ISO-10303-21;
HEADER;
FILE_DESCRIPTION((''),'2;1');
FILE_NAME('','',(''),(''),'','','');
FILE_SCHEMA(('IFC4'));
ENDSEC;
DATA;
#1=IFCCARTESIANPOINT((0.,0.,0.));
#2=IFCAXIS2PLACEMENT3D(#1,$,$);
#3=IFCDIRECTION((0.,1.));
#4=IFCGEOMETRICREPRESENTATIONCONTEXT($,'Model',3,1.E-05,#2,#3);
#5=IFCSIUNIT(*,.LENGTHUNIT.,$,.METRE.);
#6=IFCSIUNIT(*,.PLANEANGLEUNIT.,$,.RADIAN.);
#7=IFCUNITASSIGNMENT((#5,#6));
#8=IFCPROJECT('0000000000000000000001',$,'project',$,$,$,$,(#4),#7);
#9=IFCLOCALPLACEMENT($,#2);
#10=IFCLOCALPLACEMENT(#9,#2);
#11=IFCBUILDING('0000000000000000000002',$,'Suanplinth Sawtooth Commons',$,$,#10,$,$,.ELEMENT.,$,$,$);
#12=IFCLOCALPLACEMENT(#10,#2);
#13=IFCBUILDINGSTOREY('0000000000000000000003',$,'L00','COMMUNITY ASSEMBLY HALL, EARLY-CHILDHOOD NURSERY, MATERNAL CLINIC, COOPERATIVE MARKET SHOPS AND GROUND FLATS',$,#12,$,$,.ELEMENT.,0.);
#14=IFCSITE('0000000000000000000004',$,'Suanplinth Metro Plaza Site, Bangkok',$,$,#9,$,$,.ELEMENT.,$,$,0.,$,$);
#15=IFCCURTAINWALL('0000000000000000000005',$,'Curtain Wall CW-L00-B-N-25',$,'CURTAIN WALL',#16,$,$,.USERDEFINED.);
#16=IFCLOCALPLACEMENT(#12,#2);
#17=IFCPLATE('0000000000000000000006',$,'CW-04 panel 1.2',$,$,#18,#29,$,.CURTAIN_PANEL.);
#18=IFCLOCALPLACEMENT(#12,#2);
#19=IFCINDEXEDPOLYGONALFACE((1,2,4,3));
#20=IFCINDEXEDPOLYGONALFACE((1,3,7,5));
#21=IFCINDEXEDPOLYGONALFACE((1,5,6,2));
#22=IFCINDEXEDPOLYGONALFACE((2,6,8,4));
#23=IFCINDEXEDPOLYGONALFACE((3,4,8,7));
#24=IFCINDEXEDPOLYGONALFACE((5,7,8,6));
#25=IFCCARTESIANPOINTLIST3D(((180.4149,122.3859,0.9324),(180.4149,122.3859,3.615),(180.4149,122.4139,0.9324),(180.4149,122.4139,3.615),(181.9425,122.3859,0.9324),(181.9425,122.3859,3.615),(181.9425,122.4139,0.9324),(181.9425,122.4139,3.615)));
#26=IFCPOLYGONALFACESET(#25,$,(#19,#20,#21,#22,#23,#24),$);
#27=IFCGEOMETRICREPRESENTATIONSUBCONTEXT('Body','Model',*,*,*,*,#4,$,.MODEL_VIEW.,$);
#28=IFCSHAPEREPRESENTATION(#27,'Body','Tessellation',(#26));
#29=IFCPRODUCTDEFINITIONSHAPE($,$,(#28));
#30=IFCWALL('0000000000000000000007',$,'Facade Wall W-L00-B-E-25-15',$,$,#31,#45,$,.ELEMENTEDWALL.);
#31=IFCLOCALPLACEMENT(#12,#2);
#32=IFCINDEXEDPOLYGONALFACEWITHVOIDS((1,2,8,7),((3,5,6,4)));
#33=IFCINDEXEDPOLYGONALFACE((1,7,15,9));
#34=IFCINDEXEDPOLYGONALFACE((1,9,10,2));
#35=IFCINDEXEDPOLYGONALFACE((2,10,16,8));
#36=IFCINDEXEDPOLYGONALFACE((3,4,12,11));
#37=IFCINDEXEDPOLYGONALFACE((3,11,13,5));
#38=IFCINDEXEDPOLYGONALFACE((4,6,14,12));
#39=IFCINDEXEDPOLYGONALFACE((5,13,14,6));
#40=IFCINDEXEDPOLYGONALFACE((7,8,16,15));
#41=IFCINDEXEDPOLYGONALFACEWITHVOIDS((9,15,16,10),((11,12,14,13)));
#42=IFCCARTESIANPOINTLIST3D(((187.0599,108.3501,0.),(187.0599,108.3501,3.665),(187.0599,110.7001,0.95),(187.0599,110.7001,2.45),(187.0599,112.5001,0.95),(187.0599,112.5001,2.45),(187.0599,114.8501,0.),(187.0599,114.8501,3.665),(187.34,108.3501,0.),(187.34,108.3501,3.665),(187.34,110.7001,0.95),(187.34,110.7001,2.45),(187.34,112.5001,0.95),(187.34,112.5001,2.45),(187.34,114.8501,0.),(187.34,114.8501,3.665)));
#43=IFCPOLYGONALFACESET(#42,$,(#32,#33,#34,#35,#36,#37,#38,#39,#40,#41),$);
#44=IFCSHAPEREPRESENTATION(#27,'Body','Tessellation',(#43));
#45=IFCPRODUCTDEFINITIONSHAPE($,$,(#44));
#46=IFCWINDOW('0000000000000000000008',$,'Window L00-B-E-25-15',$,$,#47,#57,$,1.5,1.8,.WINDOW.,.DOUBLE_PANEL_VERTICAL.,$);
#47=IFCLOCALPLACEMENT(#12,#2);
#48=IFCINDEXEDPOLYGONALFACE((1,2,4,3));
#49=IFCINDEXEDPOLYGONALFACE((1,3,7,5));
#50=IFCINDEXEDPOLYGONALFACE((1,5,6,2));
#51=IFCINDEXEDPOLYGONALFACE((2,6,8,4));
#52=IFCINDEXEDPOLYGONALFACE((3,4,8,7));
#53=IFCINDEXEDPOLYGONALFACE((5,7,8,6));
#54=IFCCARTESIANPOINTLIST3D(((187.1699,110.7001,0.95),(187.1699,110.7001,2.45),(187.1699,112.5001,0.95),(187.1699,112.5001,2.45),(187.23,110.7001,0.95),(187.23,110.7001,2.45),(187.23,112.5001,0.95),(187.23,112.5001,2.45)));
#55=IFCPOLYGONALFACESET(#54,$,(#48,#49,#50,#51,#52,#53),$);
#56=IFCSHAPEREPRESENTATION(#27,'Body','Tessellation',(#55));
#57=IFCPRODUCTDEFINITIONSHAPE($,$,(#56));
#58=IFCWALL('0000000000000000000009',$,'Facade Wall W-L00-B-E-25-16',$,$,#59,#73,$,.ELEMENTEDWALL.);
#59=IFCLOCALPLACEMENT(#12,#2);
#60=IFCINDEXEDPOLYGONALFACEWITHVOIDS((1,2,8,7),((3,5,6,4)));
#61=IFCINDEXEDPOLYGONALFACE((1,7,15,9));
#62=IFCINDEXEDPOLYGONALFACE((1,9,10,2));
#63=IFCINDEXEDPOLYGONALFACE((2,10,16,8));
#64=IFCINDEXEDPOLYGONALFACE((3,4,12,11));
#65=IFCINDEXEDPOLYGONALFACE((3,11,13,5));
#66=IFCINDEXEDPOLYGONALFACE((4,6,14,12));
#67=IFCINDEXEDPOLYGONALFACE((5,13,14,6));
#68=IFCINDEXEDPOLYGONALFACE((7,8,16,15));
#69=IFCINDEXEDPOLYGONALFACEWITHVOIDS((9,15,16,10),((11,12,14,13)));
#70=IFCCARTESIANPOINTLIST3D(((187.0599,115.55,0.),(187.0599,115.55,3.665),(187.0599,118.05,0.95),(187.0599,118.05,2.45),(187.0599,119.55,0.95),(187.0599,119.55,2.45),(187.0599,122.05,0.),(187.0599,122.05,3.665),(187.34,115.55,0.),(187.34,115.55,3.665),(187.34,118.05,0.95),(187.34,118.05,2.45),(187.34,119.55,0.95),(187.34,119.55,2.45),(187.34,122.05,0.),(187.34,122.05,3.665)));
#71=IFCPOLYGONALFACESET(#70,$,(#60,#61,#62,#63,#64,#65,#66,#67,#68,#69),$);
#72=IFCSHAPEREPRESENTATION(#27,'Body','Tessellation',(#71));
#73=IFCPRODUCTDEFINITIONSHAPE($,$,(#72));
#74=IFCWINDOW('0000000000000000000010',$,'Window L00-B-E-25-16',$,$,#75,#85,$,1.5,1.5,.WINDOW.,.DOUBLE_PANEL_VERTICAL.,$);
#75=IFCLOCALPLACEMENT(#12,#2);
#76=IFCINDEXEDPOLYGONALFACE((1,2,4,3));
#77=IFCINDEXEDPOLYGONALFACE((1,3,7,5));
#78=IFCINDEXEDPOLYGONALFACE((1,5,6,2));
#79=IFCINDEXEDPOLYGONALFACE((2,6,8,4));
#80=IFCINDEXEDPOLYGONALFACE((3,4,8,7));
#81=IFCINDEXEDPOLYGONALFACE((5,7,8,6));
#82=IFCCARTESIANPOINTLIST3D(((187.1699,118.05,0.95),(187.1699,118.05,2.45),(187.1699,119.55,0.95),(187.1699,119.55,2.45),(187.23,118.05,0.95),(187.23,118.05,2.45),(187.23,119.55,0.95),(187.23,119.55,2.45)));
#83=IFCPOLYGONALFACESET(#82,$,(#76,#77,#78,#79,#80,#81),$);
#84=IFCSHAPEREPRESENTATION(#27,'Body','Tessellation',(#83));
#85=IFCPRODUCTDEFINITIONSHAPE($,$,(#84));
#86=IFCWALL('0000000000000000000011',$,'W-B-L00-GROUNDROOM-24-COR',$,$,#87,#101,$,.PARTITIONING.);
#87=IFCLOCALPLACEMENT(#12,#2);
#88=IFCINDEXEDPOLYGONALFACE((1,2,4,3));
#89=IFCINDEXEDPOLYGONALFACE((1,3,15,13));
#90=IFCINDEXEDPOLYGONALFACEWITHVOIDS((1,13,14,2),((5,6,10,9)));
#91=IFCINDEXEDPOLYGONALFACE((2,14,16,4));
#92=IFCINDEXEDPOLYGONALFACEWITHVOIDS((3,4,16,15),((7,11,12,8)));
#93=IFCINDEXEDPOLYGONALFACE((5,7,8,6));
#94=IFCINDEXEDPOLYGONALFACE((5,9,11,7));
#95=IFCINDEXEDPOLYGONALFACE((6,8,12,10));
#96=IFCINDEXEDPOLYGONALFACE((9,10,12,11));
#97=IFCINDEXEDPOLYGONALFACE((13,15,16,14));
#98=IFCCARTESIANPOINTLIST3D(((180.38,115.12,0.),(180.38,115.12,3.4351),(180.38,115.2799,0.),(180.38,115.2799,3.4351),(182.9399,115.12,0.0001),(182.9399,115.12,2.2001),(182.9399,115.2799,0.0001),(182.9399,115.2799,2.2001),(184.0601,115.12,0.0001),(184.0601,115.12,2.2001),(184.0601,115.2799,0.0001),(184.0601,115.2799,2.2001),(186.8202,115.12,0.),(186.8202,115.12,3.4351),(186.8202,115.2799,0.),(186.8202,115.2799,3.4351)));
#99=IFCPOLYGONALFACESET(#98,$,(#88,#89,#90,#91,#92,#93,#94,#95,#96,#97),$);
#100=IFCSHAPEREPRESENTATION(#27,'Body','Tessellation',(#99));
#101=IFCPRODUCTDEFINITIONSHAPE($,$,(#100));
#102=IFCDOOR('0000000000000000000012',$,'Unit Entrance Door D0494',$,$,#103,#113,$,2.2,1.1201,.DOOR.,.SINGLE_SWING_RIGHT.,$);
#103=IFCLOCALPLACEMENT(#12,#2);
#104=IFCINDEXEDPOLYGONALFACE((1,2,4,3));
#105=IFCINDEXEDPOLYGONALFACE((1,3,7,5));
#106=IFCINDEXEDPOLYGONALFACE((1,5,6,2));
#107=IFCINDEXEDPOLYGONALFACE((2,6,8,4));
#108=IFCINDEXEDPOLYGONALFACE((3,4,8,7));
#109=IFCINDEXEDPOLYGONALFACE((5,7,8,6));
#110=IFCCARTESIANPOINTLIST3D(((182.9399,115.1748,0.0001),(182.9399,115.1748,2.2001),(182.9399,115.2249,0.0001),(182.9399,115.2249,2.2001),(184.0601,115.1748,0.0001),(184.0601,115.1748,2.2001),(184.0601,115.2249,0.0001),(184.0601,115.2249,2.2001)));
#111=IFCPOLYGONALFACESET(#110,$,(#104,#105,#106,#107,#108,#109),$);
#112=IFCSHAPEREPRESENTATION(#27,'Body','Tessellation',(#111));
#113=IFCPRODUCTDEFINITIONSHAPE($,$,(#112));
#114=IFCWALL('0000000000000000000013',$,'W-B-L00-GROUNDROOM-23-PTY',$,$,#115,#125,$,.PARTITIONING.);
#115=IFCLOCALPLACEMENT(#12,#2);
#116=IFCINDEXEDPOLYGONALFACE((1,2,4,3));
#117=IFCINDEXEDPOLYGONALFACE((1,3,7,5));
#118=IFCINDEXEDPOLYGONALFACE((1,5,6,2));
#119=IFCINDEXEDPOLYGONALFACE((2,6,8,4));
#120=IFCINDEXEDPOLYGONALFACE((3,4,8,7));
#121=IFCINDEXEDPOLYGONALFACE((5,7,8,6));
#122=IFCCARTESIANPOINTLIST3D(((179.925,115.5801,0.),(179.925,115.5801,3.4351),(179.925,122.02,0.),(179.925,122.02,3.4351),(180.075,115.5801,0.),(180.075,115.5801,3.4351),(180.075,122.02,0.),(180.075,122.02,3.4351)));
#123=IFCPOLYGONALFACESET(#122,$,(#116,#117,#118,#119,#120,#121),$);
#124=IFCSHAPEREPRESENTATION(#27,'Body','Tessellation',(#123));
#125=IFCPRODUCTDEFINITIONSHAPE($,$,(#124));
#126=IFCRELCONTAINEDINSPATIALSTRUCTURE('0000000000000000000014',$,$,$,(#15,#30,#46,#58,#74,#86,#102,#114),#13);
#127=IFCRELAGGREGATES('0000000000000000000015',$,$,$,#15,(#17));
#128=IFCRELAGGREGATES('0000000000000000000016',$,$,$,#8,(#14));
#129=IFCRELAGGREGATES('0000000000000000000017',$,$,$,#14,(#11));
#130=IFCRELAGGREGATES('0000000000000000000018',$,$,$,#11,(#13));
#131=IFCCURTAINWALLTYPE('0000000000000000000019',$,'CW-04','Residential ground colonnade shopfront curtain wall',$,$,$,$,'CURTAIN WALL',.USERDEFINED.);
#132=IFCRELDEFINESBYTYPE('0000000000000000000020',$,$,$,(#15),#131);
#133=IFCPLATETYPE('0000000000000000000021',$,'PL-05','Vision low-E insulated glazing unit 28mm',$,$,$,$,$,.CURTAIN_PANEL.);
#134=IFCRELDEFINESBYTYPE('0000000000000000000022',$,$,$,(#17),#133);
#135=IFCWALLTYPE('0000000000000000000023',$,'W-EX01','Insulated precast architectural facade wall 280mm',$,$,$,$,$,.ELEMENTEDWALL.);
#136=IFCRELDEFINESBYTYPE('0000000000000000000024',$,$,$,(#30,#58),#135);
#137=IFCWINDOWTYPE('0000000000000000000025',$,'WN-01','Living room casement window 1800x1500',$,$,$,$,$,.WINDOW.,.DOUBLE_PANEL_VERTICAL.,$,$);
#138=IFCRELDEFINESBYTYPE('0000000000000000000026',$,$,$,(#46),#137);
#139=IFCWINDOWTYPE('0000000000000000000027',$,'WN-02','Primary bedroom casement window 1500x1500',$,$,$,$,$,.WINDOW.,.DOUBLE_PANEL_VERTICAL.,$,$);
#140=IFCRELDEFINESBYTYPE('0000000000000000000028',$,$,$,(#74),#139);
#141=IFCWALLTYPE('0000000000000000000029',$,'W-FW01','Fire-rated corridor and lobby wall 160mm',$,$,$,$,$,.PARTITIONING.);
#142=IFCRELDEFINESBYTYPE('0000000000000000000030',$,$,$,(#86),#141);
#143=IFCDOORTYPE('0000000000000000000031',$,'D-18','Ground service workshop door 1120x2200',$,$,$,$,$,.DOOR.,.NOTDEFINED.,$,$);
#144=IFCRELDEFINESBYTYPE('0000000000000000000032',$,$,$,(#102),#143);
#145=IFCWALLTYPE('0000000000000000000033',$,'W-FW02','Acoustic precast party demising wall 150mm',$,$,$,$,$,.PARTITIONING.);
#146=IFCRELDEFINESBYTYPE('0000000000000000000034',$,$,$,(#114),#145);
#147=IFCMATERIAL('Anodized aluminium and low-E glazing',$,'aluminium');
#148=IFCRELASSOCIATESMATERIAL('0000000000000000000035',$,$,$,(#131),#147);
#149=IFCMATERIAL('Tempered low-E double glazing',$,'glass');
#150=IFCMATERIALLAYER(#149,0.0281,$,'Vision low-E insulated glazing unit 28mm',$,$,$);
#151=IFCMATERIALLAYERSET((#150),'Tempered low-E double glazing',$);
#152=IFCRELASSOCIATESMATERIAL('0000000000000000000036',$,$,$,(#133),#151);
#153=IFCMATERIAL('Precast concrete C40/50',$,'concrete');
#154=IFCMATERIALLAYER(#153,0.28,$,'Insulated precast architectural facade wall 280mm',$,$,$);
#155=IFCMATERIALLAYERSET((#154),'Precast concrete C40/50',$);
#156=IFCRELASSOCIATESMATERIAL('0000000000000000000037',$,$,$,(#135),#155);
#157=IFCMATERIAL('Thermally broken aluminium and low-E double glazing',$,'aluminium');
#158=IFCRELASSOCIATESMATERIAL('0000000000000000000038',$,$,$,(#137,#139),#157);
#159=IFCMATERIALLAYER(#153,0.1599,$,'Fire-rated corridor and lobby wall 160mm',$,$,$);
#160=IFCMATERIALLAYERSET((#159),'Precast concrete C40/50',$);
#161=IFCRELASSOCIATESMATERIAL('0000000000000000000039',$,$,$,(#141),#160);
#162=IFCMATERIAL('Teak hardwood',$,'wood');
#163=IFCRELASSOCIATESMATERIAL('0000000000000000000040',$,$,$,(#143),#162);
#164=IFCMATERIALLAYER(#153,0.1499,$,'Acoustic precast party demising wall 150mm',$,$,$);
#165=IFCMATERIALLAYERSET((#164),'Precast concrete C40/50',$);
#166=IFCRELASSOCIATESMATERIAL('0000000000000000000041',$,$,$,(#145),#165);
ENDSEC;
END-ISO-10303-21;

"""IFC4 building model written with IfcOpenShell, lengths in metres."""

from ifc_helpers import new_model, si_unit, direction, frame, frame_2d, origin, origin_2d, place, context, subcontext, project, spatial, rectangle, extrude, material, layer, layer_set, type_object, element, fill, aggregate, save


model = new_model("IFC4")

# Units and contexts
model_context = context("Model", 3, precision=1e-05, world=origin(), true_north=direction((0.0, 1.0)))
body_context = subcontext(model_context, "Body", "Model", "MODEL_VIEW")
ifc_project = project(units=[si_unit("LENGTHUNIT", "METRE"), si_unit("PLANEANGLEUNIT", "RADIAN")], contexts=[model_context])

# Site, building, storey
site_placement = place(None, origin())
site = spatial("IfcSite", under=ifc_project, at=site_placement, Name="Suanplinth Metro Plaza Site, Bangkok", CompositionType="ELEMENT", RefElevation=0.0)
building_placement = place(site_placement, origin())
building = spatial("IfcBuilding", under=site, at=building_placement, Name="Suanplinth Sawtooth Commons", CompositionType="ELEMENT")
storey_placement = place(building_placement, origin())
storey = spatial("IfcBuildingStorey", under=building, at=storey_placement, Name="L00", Description="COMMUNITY ASSEMBLY HALL, EARLY-CHILDHOOD NURSERY, MATERNAL CLINIC, COOPERATIVE MARKET SHOPS AND GROUND FLATS", CompositionType="ELEMENT", Elevation=0.0)

# Shared definitions
ifc_material_1 = material(Name="Precast concrete C40/50", Category="concrete")

# Curtain wall, plate
ifc_material_2 = material(Name="Anodized aluminium and low-E glazing", Category="aluminium")
curtain_wall_type = type_object("IfcCurtainWallType", Name="CW-04", Description="Residential ground colonnade shopfront curtain wall", ElementType="CURTAIN WALL", PredefinedType="USERDEFINED", material=ifc_material_2)
curtain_wall_placement = place(storey_placement, origin())
curtain_wall = element("IfcCurtainWall", 1, at=curtain_wall_placement, inside=storey, type_object=curtain_wall_type, Name="Curtain Wall CW-L00-B-N-25", ObjectType="CURTAIN WALL", PredefinedType="USERDEFINED")
ifc_material_3 = material(Name="Tempered low-E double glazing", Category="glass")
ifc_layer_1 = layer(ifc_material_3, 0.0281, Name="Vision low-E insulated glazing unit 28mm")
ifc_layer_set_1 = layer_set([ifc_layer_1], Name="Tempered low-E double glazing")
plate_type = type_object("IfcPlateType", Name="PL-05", Description="Vision low-E insulated glazing unit 28mm", PredefinedType="CURTAIN_PANEL", material=ifc_layer_set_1)
plate_1_placement = place(storey_placement, frame((181.1787, 122.3999, 0.9324), z_axis=(0.0, 0.0, 1.0), x_axis=(1.0, 0.0, 0.0)))
plate_1 = element("IfcPlate", 2, at=plate_1_placement, type_object=plate_type, Name="CW-04 panel 1.2", PredefinedType="CURTAIN_PANEL", context=body_context, shape_type="SweptSolid", body=[
    extrude(rectangle(XDim=1.5276, YDim=0.0281, at=origin_2d()), origin(), (0.0, 0.0, 1.0), 2.6826),
])
aggregate(curtain_wall, [plate_1])

# Walls, openings, windows
ifc_layer_2 = layer(ifc_material_1, 0.28, Name="Insulated precast architectural facade wall 280mm")
ifc_layer_set_2 = layer_set([ifc_layer_2], Name="Precast concrete C40/50")
wall_type_1 = type_object("IfcWallType", Name="W-EX01", Description="Insulated precast architectural facade wall 280mm", PredefinedType="ELEMENTEDWALL", material=ifc_layer_set_2)
wall_1_placement = place(storey_placement, frame((187.2, 108.3501, 0.0), z_axis=(0.0, 0.0, 1.0), x_axis=(0.0, 1.0, 0.0)))
wall_1 = element("IfcWall", 3, at=wall_1_placement, inside=storey, type_object=wall_type_1, Name="Facade Wall W-L00-B-E-25-15", PredefinedType="ELEMENTEDWALL", context=body_context, shape_type="SweptSolid", body=[
    extrude(rectangle(XDim=6.5, YDim=0.28, at=frame_2d((3.25, 0.0))), origin(), (0.0, 0.0, 1.0), 3.665),
])
opening_1_placement = place(wall_1_placement, frame((2.3501, 0.0, 0.95)))
opening_1 = element("IfcOpeningElement", 4, at=opening_1_placement, cuts=wall_1, PredefinedType="OPENING", context=body_context, shape_type="SweptSolid", body=[
    extrude(rectangle(XDim=1.8, YDim=1.5, at=frame_2d((0.8999, 0.75))), frame((0.0, 0.1548, 0.0), z_axis=(0.0, -1.0, 0.0), x_axis=(1.0, 0.0, 0.0)), (0.0, 0.0, 1.0), 0.3098),
])
ifc_material_4 = material(Name="Thermally broken aluminium and low-E double glazing", Category="aluminium")
window_type_1 = type_object("IfcWindowType", Name="WN-01", Description="Living room casement window 1800x1500", PartitioningType="DOUBLE_PANEL_VERTICAL", PredefinedType="WINDOW", material=ifc_material_4)
window_1_placement = place(opening_1_placement, origin())
window_1 = element("IfcWindow", 5, at=window_1_placement, inside=storey, type_object=window_type_1, Name="Window L00-B-E-25-15", OverallHeight=1.5, OverallWidth=1.8, PartitioningType="DOUBLE_PANEL_VERTICAL", PredefinedType="WINDOW", context=body_context, shape_type="SweptSolid", body=[
    extrude(rectangle(XDim=1.8, YDim=1.5, at=frame_2d((0.8999, 0.75))), frame((0.0, 0.03, 0.0), z_axis=(0.0, -1.0, 0.0), x_axis=(1.0, 0.0, 0.0)), (0.0, 0.0, 1.0), 0.0601),
])
fill(opening_1, window_1)
wall_2_placement = place(storey_placement, frame((187.2, 115.55, 0.0), z_axis=(0.0, 0.0, 1.0), x_axis=(0.0, 1.0, 0.0)))
wall_2 = element("IfcWall", 6, at=wall_2_placement, inside=storey, type_object=wall_type_1, Name="Facade Wall W-L00-B-E-25-16", PredefinedType="ELEMENTEDWALL", context=body_context, shape_type="SweptSolid", body=[
    extrude(rectangle(XDim=6.5, YDim=0.28, at=frame_2d((3.25, 0.0))), origin(), (0.0, 0.0, 1.0), 3.665),
])
opening_2_placement = place(wall_2_placement, frame((2.5, 0.0, 0.95)))
opening_2 = element("IfcOpeningElement", 7, at=opening_2_placement, cuts=wall_2, PredefinedType="OPENING", context=body_context, shape_type="SweptSolid", body=[
    extrude(rectangle(XDim=1.5, YDim=1.5, at=frame_2d((0.75, 0.75))), frame((0.0, 0.1548, 0.0), z_axis=(0.0, -1.0, 0.0), x_axis=(1.0, 0.0, 0.0)), (0.0, 0.0, 1.0), 0.3098),
])
window_type_2 = type_object("IfcWindowType", Name="WN-02", Description="Primary bedroom casement window 1500x1500", PartitioningType="DOUBLE_PANEL_VERTICAL", PredefinedType="WINDOW", material=ifc_material_4)
window_2_placement = place(opening_2_placement, origin())
window_2 = element("IfcWindow", 8, at=window_2_placement, inside=storey, type_object=window_type_2, Name="Window L00-B-E-25-16", OverallHeight=1.5, OverallWidth=1.5, PartitioningType="DOUBLE_PANEL_VERTICAL", PredefinedType="WINDOW", context=body_context, shape_type="SweptSolid", body=[
    extrude(rectangle(XDim=1.5, YDim=1.5, at=frame_2d((0.75, 0.75))), frame((0.0, 0.03, 0.0), z_axis=(0.0, -1.0, 0.0), x_axis=(1.0, 0.0, 0.0)), (0.0, 0.0, 1.0), 0.0601),
])
fill(opening_2, window_2)

# Wall, opening, door
ifc_layer_3 = layer(ifc_material_1, 0.1599, Name="Fire-rated corridor and lobby wall 160mm")
ifc_layer_set_3 = layer_set([ifc_layer_3], Name="Precast concrete C40/50")
wall_type_2 = type_object("IfcWallType", Name="W-FW01", Description="Fire-rated corridor and lobby wall 160mm", PredefinedType="PARTITIONING", material=ifc_layer_set_3)
wall_3_placement = place(storey_placement, frame((180.3799, 115.2, 0.0), z_axis=(0.0, 0.0, 1.0), x_axis=(1.0, 0.0, 0.0)))
wall_3 = element("IfcWall", 9, at=wall_3_placement, inside=storey, type_object=wall_type_2, Name="W-B-L00-GROUNDROOM-24-COR", PredefinedType="PARTITIONING", context=body_context, shape_type="SweptSolid", body=[
    extrude(rectangle(XDim=6.4402, YDim=0.1599, at=frame_2d((3.2202, 0.0))), origin(), (0.0, 0.0, 1.0), 3.4351),
])
opening_3_placement = place(wall_3_placement, frame((2.5601, 0.0, 0.0)))
opening_3 = element("IfcOpeningElement", 10, at=opening_3_placement, cuts=wall_3, PredefinedType="OPENING", context=body_context, shape_type="SweptSolid", body=[
    extrude(rectangle(XDim=1.1201, YDim=2.2, at=frame_2d((0.5601, 1.1001))), frame((0.0, 0.0947, 0.0), z_axis=(0.0, -1.0, 0.0), x_axis=(1.0, 0.0, 0.0)), (0.0, 0.0, 1.0), 0.1897),
])
ifc_material_5 = material(Name="Teak hardwood", Category="wood")
door_type = type_object("IfcDoorType", Name="D-18", Description="Ground service workshop door 1120x2200", OperationType="NOTDEFINED", PredefinedType="DOOR", material=ifc_material_5)
door_placement = place(opening_3_placement, origin())
door = element("IfcDoor", 11, at=door_placement, inside=storey, type_object=door_type, Name="Unit Entrance Door D0494", OperationType="SINGLE_SWING_RIGHT", OverallHeight=2.2, OverallWidth=1.1201, PredefinedType="DOOR", context=body_context, shape_type="SweptSolid", body=[
    extrude(rectangle(XDim=1.1201, YDim=2.2, at=frame_2d((0.5601, 1.1001))), frame((0.0, 0.0249, 0.0), z_axis=(0.0, -1.0, 0.0), x_axis=(1.0, 0.0, 0.0)), (0.0, 0.0, 1.0), 0.05),
])
fill(opening_3, door)

# Wall
ifc_layer_4 = layer(ifc_material_1, 0.1499, Name="Acoustic precast party demising wall 150mm")
ifc_layer_set_4 = layer_set([ifc_layer_4], Name="Precast concrete C40/50")
wall_type_3 = type_object("IfcWallType", Name="W-FW02", Description="Acoustic precast party demising wall 150mm", PredefinedType="PARTITIONING", material=ifc_layer_set_4)
wall_4_placement = place(storey_placement, frame((180.0, 115.5801, 0.0), z_axis=(0.0, 0.0, 1.0), x_axis=(0.0, 1.0, 0.0)))
element("IfcWall", 12, at=wall_4_placement, inside=storey, type_object=wall_type_3, Name="W-B-L00-GROUNDROOM-23-PTY", PredefinedType="PARTITIONING", context=body_context, shape_type="SweptSolid", body=[
    extrude(rectangle(XDim=6.4399, YDim=0.1499, at=frame_2d((3.22, 0.0))), origin(), (0.0, 0.0, 1.0), 3.4351),
])

save(model, "model.ifc")
